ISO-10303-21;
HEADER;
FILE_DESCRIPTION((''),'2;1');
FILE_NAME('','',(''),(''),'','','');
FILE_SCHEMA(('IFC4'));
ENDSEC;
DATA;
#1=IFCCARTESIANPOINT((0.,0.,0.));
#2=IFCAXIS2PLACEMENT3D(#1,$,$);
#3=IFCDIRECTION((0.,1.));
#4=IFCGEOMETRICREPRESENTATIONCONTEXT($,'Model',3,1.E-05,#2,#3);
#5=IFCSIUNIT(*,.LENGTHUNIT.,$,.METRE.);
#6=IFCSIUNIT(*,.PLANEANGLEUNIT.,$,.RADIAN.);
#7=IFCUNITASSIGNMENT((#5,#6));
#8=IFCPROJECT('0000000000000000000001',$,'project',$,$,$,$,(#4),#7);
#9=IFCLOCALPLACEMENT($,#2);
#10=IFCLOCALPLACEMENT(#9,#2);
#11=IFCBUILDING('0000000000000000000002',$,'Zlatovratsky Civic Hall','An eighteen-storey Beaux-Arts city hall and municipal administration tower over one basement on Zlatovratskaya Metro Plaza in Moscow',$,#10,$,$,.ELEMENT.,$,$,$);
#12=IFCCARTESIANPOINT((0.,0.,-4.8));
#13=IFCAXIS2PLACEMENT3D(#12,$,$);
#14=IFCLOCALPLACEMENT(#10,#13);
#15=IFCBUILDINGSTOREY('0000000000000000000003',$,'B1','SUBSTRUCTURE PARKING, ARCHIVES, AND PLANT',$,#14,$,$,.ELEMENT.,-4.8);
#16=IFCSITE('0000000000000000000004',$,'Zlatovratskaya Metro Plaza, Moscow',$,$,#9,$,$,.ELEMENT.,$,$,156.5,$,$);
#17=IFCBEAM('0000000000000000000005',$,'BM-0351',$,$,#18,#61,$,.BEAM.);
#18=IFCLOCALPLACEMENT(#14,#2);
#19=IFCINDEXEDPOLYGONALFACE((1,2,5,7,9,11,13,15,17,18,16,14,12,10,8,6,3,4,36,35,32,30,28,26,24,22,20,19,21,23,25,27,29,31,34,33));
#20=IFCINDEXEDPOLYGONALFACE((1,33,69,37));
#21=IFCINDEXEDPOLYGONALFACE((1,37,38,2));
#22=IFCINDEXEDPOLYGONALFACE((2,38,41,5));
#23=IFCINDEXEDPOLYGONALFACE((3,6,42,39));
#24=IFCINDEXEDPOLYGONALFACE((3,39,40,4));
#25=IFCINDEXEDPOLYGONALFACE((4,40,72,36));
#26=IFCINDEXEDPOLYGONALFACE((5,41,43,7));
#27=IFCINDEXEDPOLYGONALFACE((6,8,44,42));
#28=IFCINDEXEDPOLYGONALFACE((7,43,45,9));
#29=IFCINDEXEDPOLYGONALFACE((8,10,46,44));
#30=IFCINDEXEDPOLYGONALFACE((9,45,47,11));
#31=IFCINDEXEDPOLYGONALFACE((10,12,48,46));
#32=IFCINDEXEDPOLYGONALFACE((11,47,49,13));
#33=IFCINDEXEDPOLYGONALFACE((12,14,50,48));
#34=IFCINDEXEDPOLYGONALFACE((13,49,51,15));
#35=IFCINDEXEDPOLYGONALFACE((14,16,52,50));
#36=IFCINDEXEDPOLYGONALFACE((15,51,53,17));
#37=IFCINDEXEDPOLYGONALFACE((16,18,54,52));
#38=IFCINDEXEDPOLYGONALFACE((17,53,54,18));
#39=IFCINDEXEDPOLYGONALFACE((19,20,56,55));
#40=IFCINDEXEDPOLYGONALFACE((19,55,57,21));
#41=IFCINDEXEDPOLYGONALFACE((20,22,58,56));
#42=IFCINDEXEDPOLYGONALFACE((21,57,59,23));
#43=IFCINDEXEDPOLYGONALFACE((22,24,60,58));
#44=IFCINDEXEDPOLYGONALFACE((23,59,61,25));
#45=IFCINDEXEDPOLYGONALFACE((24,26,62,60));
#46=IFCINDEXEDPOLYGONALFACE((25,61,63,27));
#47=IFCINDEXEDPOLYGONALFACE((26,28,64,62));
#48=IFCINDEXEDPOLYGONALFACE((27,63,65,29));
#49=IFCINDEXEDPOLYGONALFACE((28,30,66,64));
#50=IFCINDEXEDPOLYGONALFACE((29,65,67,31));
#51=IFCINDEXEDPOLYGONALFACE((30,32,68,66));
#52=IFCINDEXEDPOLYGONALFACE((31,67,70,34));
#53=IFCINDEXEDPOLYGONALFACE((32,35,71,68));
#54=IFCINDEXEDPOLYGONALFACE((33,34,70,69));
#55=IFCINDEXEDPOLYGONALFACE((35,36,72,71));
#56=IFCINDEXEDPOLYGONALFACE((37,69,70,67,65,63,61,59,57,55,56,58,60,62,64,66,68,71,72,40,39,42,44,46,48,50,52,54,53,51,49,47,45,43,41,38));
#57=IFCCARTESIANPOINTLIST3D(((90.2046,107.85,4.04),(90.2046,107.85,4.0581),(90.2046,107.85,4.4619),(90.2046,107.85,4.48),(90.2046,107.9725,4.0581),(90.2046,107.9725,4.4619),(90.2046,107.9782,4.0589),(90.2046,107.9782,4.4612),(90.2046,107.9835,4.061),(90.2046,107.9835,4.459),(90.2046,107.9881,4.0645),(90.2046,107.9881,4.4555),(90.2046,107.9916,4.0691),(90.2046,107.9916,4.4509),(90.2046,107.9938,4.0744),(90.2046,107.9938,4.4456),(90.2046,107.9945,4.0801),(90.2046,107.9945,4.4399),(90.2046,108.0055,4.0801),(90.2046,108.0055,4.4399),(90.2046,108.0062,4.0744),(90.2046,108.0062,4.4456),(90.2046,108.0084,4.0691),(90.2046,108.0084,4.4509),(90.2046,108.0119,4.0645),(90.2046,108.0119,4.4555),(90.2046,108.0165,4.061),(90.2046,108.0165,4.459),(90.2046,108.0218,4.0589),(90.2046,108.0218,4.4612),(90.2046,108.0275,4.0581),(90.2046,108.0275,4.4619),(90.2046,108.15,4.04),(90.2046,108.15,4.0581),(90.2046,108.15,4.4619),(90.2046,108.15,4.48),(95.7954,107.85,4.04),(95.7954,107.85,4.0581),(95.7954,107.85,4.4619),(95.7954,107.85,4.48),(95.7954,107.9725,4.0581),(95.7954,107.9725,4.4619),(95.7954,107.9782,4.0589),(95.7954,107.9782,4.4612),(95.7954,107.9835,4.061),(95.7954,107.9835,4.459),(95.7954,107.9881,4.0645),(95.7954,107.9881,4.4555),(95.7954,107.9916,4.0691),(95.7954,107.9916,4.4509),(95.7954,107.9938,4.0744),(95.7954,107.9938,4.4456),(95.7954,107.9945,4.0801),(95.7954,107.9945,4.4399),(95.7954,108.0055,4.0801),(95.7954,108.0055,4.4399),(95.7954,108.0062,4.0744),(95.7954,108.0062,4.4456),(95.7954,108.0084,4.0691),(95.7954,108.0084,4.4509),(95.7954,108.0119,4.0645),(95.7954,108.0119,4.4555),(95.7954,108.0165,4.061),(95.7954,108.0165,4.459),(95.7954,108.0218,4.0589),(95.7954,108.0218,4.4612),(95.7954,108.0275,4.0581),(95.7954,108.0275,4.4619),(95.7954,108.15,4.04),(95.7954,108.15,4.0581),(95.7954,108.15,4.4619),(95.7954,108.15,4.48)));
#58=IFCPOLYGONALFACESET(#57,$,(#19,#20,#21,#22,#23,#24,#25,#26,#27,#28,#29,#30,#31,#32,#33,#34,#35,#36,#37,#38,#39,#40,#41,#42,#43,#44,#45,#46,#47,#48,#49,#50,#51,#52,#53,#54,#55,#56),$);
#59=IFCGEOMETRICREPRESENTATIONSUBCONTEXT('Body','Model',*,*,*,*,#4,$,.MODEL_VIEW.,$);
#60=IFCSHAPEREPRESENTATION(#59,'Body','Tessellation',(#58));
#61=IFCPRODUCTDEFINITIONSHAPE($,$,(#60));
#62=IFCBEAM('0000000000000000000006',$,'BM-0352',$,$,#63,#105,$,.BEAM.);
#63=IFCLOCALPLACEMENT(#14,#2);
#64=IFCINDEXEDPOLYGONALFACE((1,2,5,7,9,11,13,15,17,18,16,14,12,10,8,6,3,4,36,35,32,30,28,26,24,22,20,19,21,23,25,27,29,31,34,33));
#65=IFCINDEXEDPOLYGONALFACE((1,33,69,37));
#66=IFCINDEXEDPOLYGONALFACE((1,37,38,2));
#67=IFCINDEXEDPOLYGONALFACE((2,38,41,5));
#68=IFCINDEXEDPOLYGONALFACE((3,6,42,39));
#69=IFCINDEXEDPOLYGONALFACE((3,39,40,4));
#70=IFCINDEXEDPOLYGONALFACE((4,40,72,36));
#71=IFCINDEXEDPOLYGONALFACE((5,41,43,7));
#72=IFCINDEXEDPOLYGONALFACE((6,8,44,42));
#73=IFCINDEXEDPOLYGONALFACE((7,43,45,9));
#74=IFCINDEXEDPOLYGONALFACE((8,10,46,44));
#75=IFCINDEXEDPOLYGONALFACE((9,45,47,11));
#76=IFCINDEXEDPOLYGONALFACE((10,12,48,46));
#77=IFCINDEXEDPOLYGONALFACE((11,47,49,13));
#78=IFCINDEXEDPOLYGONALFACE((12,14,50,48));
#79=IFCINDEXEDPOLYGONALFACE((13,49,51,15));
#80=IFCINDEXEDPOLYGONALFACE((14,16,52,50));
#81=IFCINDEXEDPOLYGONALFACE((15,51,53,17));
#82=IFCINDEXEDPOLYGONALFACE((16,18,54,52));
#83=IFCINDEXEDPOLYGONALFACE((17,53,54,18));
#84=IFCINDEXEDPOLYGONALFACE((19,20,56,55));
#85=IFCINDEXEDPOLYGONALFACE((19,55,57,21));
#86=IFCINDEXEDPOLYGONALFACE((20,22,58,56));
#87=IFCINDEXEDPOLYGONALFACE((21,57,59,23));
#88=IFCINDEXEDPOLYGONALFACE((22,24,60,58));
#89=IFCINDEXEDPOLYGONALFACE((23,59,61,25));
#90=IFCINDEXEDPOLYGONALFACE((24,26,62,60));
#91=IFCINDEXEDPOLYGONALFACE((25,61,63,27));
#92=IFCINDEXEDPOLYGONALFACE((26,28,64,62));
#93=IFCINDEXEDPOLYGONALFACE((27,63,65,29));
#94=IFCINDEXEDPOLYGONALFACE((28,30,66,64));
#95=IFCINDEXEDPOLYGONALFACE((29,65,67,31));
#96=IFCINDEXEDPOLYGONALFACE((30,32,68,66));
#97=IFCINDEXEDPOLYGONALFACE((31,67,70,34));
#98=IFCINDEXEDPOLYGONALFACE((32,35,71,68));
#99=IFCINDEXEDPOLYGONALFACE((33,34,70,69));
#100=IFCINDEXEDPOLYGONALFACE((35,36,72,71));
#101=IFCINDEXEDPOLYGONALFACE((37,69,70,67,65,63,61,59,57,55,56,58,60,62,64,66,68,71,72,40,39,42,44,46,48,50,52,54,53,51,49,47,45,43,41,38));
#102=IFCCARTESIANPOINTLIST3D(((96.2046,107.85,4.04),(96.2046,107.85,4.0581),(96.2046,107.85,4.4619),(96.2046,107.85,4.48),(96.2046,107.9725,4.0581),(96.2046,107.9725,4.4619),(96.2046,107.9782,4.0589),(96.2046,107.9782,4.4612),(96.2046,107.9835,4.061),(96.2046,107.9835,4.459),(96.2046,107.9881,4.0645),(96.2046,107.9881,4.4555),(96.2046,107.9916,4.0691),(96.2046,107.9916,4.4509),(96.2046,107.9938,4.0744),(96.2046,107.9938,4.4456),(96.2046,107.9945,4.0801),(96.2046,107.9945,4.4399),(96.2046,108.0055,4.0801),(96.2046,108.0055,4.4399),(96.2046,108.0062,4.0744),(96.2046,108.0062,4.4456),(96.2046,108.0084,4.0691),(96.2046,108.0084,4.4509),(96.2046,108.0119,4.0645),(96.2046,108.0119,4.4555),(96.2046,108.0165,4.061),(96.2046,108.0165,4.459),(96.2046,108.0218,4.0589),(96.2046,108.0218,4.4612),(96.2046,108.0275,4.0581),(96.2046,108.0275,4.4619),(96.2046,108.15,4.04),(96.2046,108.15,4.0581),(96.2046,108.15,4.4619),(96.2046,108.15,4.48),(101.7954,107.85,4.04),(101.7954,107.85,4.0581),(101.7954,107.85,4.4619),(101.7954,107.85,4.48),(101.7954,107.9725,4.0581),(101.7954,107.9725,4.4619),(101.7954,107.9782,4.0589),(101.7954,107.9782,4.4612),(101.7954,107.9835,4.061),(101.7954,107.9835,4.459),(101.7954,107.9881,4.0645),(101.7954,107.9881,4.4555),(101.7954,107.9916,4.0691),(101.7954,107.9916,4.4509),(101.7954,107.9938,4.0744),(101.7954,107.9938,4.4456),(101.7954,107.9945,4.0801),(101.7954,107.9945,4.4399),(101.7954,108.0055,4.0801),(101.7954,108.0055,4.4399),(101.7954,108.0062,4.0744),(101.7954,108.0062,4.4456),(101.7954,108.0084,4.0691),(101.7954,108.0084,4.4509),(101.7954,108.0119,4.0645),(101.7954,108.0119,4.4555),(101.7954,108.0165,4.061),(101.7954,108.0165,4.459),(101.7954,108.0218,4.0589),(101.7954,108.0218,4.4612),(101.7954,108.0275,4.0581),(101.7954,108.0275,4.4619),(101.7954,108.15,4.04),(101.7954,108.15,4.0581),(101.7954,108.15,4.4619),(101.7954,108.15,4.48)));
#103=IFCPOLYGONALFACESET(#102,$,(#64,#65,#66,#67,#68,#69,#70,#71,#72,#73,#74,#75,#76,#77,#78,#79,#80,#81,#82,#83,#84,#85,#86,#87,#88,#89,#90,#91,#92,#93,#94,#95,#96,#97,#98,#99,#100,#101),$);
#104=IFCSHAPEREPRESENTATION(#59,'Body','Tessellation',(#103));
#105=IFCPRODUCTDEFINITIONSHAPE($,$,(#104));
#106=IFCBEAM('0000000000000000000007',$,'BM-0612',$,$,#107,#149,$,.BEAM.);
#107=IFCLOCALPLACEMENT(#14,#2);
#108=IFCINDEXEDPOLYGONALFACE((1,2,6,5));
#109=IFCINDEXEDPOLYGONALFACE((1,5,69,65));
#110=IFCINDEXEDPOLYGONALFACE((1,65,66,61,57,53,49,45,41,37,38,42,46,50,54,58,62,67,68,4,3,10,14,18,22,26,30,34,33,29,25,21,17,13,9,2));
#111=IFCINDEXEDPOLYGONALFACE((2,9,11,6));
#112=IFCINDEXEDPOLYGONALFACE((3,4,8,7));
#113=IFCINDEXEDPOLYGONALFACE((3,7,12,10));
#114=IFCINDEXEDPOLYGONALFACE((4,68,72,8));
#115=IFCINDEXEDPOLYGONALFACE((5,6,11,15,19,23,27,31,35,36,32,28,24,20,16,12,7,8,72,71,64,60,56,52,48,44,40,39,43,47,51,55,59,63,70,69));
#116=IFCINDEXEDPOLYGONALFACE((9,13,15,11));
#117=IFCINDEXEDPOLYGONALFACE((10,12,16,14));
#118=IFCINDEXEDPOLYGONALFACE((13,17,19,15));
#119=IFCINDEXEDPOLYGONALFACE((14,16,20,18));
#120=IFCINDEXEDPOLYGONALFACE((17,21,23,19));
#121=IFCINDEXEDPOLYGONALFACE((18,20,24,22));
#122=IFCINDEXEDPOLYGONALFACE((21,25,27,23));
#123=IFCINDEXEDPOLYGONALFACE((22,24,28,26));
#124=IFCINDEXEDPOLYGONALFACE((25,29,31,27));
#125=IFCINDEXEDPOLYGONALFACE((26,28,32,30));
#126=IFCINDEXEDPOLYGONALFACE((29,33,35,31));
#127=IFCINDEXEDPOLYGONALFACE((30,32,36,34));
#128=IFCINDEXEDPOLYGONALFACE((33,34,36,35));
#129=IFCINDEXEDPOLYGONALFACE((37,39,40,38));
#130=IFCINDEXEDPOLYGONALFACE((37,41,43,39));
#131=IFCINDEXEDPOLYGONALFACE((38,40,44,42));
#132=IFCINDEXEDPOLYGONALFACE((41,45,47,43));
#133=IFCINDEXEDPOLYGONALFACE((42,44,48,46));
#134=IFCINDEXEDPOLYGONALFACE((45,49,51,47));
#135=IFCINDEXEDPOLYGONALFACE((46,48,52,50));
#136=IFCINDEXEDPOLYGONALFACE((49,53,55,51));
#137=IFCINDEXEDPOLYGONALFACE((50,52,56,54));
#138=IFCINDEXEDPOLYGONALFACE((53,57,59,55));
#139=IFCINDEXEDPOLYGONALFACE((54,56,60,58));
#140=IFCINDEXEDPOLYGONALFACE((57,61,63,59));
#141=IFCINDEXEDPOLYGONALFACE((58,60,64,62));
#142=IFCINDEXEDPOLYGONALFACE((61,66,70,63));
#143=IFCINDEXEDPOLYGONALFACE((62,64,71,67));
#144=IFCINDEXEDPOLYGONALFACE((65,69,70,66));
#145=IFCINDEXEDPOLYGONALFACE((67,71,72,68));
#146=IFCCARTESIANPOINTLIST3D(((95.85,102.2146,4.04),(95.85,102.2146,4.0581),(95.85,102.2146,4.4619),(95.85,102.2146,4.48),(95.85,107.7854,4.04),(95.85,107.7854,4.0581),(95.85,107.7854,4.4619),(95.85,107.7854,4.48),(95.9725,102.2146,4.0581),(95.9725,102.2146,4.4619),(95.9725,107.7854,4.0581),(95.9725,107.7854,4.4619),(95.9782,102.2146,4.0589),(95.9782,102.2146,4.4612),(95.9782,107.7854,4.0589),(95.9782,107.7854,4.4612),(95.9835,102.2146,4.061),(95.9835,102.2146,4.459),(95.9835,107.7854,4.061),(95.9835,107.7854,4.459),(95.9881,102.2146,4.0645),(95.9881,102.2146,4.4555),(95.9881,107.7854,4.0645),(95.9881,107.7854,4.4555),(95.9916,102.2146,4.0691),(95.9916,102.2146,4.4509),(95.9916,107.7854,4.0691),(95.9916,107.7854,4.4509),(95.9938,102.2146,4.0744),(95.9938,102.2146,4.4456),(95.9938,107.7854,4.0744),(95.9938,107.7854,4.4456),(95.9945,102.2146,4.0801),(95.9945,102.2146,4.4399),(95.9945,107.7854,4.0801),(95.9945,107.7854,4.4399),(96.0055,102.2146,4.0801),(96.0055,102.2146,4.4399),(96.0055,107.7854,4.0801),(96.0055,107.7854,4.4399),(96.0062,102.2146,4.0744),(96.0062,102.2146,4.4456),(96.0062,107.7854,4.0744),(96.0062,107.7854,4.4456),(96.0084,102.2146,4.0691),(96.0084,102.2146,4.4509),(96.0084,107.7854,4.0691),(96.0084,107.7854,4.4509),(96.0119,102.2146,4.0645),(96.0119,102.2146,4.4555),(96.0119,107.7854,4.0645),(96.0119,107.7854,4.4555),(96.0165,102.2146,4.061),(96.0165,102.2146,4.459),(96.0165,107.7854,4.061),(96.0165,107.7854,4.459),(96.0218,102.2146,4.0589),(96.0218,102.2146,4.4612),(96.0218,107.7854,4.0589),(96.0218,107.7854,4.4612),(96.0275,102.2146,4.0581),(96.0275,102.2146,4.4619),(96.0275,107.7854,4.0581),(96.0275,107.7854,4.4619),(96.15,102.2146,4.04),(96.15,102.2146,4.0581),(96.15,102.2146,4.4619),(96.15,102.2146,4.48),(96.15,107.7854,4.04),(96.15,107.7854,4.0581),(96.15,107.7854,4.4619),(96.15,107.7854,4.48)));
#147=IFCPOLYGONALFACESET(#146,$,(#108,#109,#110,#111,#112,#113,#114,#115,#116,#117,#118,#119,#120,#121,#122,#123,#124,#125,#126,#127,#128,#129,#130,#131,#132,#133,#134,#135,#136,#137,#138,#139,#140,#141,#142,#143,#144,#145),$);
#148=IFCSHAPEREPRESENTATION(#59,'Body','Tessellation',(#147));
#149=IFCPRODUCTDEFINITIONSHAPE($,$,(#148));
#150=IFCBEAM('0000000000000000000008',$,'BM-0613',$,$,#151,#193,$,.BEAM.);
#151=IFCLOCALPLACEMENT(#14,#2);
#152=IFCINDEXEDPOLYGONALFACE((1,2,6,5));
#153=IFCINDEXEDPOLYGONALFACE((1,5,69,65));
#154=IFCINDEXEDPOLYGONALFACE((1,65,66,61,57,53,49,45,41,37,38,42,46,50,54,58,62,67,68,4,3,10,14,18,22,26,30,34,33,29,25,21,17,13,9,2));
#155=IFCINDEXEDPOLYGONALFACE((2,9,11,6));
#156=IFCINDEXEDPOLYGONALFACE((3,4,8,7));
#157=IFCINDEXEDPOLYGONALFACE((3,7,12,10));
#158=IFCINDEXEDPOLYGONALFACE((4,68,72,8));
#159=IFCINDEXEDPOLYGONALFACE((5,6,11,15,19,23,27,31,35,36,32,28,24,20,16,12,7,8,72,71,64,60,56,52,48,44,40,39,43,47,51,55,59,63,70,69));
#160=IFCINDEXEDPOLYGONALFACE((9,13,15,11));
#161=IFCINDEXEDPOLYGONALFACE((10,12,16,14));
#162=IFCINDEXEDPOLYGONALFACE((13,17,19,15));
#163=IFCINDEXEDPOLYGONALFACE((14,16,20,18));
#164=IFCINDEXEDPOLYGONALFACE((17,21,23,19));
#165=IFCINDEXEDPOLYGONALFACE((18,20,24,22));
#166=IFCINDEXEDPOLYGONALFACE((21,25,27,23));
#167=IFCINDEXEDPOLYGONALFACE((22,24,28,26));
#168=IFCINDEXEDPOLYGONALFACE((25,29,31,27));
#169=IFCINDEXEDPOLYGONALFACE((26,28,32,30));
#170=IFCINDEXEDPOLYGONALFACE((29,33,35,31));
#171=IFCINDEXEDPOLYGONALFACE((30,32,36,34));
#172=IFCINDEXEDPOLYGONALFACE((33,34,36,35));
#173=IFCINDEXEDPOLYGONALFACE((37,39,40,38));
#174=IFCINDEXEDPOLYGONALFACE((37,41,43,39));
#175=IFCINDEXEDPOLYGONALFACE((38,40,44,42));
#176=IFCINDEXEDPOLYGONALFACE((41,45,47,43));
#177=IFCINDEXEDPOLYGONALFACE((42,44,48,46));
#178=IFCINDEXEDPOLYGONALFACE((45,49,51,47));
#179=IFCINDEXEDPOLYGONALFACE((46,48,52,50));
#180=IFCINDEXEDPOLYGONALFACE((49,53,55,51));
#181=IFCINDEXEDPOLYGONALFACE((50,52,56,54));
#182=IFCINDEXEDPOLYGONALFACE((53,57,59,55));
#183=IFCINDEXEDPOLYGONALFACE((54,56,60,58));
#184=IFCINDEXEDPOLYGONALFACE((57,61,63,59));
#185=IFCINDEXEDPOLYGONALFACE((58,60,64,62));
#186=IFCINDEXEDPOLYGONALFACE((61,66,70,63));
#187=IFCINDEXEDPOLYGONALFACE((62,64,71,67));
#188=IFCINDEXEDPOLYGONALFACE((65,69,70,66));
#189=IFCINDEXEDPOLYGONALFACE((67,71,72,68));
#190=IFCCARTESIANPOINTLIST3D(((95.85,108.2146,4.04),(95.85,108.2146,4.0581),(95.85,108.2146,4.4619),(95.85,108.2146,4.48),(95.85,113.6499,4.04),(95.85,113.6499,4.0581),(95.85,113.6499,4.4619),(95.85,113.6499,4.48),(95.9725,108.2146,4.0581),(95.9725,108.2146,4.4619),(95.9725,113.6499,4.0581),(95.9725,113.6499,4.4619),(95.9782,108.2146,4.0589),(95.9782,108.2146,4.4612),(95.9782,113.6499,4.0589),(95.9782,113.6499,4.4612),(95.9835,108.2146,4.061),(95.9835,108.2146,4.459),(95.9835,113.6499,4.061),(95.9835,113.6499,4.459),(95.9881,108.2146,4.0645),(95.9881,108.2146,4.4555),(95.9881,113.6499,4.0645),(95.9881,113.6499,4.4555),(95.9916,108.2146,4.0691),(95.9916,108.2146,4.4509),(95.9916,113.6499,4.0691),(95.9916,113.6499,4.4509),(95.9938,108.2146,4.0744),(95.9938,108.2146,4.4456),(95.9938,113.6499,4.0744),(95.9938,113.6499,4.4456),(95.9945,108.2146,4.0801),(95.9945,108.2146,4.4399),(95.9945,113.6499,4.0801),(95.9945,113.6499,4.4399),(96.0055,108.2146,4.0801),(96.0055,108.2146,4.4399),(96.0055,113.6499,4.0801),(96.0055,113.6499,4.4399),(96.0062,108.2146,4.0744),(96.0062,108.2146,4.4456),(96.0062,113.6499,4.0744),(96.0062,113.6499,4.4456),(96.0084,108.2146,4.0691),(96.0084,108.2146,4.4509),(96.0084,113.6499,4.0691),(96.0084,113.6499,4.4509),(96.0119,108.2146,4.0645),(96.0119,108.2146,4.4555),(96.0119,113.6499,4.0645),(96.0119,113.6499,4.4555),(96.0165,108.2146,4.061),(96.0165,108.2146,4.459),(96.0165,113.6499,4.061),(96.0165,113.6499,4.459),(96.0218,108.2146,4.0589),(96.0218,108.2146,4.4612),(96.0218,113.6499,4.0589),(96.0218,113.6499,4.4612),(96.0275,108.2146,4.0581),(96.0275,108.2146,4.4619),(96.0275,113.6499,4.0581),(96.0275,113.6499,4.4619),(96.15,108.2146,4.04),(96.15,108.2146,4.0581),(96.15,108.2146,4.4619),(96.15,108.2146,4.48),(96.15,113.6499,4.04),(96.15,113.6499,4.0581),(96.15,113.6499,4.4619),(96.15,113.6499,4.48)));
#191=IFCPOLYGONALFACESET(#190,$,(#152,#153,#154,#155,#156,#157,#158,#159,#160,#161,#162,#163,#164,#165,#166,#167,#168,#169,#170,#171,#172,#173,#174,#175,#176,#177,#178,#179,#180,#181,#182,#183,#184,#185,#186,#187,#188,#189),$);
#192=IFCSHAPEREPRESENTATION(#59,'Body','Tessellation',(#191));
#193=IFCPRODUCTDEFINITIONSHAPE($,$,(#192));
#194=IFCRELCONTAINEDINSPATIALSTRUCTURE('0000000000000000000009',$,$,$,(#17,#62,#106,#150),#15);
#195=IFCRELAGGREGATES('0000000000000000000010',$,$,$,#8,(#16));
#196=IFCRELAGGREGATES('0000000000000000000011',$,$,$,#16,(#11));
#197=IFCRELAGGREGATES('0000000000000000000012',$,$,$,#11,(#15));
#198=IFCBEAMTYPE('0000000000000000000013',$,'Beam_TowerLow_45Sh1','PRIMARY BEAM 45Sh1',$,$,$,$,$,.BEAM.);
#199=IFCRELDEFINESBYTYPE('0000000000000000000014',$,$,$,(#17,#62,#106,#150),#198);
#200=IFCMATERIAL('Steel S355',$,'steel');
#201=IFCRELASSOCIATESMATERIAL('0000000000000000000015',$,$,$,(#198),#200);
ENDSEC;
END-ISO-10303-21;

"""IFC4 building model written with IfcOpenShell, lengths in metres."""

from ifc_helpers import new_model, si_unit, direction, frame, origin, origin_2d, place, context, subcontext, project, spatial, i_section, extrude, material, material_profile, profile_set, type_object, element, save


model = new_model("IFC4")

# Units and contexts
model_context = context("Model", 3, precision=1e-05, world=origin(), true_north=direction((0.0, 1.0)))
body_context = subcontext(model_context, "Body", "Model", "MODEL_VIEW")
ifc_project = project(units=[si_unit("LENGTHUNIT", "METRE"), si_unit("PLANEANGLEUNIT", "RADIAN")], contexts=[model_context])

# Site, building, storey
site_placement = place(None, origin())
site = spatial("IfcSite", under=ifc_project, at=site_placement, Name="Zlatovratskaya Metro Plaza, Moscow", CompositionType="ELEMENT", RefElevation=156.5)
building_placement = place(site_placement, origin())
building = spatial("IfcBuilding", under=site, at=building_placement, Name="Zlatovratsky Civic Hall", Description="An eighteen-storey Beaux-Arts city hall and municipal administration tower over one basement on Zlatovratskaya Metro Plaza in Moscow", CompositionType="ELEMENT")
storey_placement = place(building_placement, frame((0.0, 0.0, -4.8)))
storey = spatial("IfcBuildingStorey", under=building, at=storey_placement, Name="B1", Description="SUBSTRUCTURE PARKING, ARCHIVES, AND PLANT", CompositionType="ELEMENT", Elevation=-4.8)

# Shared definitions
ifc_material_1 = material(Name="Steel S355", Category="steel")

# Beams
ifc_material_profile_1 = material_profile(ifc_material_1, i_section(OverallWidth=0.3, OverallDepth=0.4399, WebThickness=0.011, FlangeThickness=0.0181, FilletRadius=0.022, at=origin_2d()), Name="45Sh1")
ifc_profile_set_1 = profile_set([ifc_material_profile_1], Name="Steel S355")
beam_type_1 = type_object("IfcBeamType", Name="Beam_TowerLow_45Sh1", Description="PRIMARY BEAM 45Sh1", PredefinedType="BEAM", material=ifc_profile_set_1)
for number, where, z_axis, x_axis, name in (
    (1, (90.2046, 108.0, 4.26), (1.0, 0.0, 0.0), (0.0, 1.0, 0.0), "BM-0351"),
    (2, (96.2046, 108.0, 4.26), (1.0, 0.0, 0.0), (0.0, 1.0, 0.0), "BM-0352"),
):
    element("IfcBeam", number, at=place(storey_placement, frame(where, z_axis=z_axis, x_axis=x_axis)), inside=storey, type_object=beam_type_1, Name=name, PredefinedType="BEAM", context=body_context, shape_type="SweptSolid", body=[
        extrude(i_section(OverallWidth=0.3, OverallDepth=0.4399, WebThickness=0.011, FlangeThickness=0.0181, FilletRadius=0.022, at=origin_2d()), origin(), (0.0, 0.0, 1.0), 5.5908),
    ])
beam_1_placement = place(storey_placement, frame((96.0, 102.2146, 4.26), z_axis=(0.0, 1.0, 0.0), x_axis=(-1.0, 0.0, 0.0)))
element("IfcBeam", 3, at=beam_1_placement, inside=storey, type_object=beam_type_1, Name="BM-0612", PredefinedType="BEAM", context=body_context, shape_type="SweptSolid", body=[
    extrude(i_section(OverallWidth=0.3, OverallDepth=0.4399, WebThickness=0.011, FlangeThickness=0.0181, FilletRadius=0.022, at=origin_2d()), origin(), (0.0, 0.0, 1.0), 5.5708),
])
beam_2_placement = place(storey_placement, frame((96.0, 108.2146, 4.26), z_axis=(0.0, 1.0, 0.0), x_axis=(-1.0, 0.0, 0.0)))
element("IfcBeam", 4, at=beam_2_placement, inside=storey, type_object=beam_type_1, Name="BM-0613", PredefinedType="BEAM", context=body_context, shape_type="SweptSolid", body=[
    extrude(i_section(OverallWidth=0.3, OverallDepth=0.4399, WebThickness=0.011, FlangeThickness=0.0181, FilletRadius=0.022, at=origin_2d()), origin(), (0.0, 0.0, 1.0), 5.4353),
])

save(model, "model.ifc")
